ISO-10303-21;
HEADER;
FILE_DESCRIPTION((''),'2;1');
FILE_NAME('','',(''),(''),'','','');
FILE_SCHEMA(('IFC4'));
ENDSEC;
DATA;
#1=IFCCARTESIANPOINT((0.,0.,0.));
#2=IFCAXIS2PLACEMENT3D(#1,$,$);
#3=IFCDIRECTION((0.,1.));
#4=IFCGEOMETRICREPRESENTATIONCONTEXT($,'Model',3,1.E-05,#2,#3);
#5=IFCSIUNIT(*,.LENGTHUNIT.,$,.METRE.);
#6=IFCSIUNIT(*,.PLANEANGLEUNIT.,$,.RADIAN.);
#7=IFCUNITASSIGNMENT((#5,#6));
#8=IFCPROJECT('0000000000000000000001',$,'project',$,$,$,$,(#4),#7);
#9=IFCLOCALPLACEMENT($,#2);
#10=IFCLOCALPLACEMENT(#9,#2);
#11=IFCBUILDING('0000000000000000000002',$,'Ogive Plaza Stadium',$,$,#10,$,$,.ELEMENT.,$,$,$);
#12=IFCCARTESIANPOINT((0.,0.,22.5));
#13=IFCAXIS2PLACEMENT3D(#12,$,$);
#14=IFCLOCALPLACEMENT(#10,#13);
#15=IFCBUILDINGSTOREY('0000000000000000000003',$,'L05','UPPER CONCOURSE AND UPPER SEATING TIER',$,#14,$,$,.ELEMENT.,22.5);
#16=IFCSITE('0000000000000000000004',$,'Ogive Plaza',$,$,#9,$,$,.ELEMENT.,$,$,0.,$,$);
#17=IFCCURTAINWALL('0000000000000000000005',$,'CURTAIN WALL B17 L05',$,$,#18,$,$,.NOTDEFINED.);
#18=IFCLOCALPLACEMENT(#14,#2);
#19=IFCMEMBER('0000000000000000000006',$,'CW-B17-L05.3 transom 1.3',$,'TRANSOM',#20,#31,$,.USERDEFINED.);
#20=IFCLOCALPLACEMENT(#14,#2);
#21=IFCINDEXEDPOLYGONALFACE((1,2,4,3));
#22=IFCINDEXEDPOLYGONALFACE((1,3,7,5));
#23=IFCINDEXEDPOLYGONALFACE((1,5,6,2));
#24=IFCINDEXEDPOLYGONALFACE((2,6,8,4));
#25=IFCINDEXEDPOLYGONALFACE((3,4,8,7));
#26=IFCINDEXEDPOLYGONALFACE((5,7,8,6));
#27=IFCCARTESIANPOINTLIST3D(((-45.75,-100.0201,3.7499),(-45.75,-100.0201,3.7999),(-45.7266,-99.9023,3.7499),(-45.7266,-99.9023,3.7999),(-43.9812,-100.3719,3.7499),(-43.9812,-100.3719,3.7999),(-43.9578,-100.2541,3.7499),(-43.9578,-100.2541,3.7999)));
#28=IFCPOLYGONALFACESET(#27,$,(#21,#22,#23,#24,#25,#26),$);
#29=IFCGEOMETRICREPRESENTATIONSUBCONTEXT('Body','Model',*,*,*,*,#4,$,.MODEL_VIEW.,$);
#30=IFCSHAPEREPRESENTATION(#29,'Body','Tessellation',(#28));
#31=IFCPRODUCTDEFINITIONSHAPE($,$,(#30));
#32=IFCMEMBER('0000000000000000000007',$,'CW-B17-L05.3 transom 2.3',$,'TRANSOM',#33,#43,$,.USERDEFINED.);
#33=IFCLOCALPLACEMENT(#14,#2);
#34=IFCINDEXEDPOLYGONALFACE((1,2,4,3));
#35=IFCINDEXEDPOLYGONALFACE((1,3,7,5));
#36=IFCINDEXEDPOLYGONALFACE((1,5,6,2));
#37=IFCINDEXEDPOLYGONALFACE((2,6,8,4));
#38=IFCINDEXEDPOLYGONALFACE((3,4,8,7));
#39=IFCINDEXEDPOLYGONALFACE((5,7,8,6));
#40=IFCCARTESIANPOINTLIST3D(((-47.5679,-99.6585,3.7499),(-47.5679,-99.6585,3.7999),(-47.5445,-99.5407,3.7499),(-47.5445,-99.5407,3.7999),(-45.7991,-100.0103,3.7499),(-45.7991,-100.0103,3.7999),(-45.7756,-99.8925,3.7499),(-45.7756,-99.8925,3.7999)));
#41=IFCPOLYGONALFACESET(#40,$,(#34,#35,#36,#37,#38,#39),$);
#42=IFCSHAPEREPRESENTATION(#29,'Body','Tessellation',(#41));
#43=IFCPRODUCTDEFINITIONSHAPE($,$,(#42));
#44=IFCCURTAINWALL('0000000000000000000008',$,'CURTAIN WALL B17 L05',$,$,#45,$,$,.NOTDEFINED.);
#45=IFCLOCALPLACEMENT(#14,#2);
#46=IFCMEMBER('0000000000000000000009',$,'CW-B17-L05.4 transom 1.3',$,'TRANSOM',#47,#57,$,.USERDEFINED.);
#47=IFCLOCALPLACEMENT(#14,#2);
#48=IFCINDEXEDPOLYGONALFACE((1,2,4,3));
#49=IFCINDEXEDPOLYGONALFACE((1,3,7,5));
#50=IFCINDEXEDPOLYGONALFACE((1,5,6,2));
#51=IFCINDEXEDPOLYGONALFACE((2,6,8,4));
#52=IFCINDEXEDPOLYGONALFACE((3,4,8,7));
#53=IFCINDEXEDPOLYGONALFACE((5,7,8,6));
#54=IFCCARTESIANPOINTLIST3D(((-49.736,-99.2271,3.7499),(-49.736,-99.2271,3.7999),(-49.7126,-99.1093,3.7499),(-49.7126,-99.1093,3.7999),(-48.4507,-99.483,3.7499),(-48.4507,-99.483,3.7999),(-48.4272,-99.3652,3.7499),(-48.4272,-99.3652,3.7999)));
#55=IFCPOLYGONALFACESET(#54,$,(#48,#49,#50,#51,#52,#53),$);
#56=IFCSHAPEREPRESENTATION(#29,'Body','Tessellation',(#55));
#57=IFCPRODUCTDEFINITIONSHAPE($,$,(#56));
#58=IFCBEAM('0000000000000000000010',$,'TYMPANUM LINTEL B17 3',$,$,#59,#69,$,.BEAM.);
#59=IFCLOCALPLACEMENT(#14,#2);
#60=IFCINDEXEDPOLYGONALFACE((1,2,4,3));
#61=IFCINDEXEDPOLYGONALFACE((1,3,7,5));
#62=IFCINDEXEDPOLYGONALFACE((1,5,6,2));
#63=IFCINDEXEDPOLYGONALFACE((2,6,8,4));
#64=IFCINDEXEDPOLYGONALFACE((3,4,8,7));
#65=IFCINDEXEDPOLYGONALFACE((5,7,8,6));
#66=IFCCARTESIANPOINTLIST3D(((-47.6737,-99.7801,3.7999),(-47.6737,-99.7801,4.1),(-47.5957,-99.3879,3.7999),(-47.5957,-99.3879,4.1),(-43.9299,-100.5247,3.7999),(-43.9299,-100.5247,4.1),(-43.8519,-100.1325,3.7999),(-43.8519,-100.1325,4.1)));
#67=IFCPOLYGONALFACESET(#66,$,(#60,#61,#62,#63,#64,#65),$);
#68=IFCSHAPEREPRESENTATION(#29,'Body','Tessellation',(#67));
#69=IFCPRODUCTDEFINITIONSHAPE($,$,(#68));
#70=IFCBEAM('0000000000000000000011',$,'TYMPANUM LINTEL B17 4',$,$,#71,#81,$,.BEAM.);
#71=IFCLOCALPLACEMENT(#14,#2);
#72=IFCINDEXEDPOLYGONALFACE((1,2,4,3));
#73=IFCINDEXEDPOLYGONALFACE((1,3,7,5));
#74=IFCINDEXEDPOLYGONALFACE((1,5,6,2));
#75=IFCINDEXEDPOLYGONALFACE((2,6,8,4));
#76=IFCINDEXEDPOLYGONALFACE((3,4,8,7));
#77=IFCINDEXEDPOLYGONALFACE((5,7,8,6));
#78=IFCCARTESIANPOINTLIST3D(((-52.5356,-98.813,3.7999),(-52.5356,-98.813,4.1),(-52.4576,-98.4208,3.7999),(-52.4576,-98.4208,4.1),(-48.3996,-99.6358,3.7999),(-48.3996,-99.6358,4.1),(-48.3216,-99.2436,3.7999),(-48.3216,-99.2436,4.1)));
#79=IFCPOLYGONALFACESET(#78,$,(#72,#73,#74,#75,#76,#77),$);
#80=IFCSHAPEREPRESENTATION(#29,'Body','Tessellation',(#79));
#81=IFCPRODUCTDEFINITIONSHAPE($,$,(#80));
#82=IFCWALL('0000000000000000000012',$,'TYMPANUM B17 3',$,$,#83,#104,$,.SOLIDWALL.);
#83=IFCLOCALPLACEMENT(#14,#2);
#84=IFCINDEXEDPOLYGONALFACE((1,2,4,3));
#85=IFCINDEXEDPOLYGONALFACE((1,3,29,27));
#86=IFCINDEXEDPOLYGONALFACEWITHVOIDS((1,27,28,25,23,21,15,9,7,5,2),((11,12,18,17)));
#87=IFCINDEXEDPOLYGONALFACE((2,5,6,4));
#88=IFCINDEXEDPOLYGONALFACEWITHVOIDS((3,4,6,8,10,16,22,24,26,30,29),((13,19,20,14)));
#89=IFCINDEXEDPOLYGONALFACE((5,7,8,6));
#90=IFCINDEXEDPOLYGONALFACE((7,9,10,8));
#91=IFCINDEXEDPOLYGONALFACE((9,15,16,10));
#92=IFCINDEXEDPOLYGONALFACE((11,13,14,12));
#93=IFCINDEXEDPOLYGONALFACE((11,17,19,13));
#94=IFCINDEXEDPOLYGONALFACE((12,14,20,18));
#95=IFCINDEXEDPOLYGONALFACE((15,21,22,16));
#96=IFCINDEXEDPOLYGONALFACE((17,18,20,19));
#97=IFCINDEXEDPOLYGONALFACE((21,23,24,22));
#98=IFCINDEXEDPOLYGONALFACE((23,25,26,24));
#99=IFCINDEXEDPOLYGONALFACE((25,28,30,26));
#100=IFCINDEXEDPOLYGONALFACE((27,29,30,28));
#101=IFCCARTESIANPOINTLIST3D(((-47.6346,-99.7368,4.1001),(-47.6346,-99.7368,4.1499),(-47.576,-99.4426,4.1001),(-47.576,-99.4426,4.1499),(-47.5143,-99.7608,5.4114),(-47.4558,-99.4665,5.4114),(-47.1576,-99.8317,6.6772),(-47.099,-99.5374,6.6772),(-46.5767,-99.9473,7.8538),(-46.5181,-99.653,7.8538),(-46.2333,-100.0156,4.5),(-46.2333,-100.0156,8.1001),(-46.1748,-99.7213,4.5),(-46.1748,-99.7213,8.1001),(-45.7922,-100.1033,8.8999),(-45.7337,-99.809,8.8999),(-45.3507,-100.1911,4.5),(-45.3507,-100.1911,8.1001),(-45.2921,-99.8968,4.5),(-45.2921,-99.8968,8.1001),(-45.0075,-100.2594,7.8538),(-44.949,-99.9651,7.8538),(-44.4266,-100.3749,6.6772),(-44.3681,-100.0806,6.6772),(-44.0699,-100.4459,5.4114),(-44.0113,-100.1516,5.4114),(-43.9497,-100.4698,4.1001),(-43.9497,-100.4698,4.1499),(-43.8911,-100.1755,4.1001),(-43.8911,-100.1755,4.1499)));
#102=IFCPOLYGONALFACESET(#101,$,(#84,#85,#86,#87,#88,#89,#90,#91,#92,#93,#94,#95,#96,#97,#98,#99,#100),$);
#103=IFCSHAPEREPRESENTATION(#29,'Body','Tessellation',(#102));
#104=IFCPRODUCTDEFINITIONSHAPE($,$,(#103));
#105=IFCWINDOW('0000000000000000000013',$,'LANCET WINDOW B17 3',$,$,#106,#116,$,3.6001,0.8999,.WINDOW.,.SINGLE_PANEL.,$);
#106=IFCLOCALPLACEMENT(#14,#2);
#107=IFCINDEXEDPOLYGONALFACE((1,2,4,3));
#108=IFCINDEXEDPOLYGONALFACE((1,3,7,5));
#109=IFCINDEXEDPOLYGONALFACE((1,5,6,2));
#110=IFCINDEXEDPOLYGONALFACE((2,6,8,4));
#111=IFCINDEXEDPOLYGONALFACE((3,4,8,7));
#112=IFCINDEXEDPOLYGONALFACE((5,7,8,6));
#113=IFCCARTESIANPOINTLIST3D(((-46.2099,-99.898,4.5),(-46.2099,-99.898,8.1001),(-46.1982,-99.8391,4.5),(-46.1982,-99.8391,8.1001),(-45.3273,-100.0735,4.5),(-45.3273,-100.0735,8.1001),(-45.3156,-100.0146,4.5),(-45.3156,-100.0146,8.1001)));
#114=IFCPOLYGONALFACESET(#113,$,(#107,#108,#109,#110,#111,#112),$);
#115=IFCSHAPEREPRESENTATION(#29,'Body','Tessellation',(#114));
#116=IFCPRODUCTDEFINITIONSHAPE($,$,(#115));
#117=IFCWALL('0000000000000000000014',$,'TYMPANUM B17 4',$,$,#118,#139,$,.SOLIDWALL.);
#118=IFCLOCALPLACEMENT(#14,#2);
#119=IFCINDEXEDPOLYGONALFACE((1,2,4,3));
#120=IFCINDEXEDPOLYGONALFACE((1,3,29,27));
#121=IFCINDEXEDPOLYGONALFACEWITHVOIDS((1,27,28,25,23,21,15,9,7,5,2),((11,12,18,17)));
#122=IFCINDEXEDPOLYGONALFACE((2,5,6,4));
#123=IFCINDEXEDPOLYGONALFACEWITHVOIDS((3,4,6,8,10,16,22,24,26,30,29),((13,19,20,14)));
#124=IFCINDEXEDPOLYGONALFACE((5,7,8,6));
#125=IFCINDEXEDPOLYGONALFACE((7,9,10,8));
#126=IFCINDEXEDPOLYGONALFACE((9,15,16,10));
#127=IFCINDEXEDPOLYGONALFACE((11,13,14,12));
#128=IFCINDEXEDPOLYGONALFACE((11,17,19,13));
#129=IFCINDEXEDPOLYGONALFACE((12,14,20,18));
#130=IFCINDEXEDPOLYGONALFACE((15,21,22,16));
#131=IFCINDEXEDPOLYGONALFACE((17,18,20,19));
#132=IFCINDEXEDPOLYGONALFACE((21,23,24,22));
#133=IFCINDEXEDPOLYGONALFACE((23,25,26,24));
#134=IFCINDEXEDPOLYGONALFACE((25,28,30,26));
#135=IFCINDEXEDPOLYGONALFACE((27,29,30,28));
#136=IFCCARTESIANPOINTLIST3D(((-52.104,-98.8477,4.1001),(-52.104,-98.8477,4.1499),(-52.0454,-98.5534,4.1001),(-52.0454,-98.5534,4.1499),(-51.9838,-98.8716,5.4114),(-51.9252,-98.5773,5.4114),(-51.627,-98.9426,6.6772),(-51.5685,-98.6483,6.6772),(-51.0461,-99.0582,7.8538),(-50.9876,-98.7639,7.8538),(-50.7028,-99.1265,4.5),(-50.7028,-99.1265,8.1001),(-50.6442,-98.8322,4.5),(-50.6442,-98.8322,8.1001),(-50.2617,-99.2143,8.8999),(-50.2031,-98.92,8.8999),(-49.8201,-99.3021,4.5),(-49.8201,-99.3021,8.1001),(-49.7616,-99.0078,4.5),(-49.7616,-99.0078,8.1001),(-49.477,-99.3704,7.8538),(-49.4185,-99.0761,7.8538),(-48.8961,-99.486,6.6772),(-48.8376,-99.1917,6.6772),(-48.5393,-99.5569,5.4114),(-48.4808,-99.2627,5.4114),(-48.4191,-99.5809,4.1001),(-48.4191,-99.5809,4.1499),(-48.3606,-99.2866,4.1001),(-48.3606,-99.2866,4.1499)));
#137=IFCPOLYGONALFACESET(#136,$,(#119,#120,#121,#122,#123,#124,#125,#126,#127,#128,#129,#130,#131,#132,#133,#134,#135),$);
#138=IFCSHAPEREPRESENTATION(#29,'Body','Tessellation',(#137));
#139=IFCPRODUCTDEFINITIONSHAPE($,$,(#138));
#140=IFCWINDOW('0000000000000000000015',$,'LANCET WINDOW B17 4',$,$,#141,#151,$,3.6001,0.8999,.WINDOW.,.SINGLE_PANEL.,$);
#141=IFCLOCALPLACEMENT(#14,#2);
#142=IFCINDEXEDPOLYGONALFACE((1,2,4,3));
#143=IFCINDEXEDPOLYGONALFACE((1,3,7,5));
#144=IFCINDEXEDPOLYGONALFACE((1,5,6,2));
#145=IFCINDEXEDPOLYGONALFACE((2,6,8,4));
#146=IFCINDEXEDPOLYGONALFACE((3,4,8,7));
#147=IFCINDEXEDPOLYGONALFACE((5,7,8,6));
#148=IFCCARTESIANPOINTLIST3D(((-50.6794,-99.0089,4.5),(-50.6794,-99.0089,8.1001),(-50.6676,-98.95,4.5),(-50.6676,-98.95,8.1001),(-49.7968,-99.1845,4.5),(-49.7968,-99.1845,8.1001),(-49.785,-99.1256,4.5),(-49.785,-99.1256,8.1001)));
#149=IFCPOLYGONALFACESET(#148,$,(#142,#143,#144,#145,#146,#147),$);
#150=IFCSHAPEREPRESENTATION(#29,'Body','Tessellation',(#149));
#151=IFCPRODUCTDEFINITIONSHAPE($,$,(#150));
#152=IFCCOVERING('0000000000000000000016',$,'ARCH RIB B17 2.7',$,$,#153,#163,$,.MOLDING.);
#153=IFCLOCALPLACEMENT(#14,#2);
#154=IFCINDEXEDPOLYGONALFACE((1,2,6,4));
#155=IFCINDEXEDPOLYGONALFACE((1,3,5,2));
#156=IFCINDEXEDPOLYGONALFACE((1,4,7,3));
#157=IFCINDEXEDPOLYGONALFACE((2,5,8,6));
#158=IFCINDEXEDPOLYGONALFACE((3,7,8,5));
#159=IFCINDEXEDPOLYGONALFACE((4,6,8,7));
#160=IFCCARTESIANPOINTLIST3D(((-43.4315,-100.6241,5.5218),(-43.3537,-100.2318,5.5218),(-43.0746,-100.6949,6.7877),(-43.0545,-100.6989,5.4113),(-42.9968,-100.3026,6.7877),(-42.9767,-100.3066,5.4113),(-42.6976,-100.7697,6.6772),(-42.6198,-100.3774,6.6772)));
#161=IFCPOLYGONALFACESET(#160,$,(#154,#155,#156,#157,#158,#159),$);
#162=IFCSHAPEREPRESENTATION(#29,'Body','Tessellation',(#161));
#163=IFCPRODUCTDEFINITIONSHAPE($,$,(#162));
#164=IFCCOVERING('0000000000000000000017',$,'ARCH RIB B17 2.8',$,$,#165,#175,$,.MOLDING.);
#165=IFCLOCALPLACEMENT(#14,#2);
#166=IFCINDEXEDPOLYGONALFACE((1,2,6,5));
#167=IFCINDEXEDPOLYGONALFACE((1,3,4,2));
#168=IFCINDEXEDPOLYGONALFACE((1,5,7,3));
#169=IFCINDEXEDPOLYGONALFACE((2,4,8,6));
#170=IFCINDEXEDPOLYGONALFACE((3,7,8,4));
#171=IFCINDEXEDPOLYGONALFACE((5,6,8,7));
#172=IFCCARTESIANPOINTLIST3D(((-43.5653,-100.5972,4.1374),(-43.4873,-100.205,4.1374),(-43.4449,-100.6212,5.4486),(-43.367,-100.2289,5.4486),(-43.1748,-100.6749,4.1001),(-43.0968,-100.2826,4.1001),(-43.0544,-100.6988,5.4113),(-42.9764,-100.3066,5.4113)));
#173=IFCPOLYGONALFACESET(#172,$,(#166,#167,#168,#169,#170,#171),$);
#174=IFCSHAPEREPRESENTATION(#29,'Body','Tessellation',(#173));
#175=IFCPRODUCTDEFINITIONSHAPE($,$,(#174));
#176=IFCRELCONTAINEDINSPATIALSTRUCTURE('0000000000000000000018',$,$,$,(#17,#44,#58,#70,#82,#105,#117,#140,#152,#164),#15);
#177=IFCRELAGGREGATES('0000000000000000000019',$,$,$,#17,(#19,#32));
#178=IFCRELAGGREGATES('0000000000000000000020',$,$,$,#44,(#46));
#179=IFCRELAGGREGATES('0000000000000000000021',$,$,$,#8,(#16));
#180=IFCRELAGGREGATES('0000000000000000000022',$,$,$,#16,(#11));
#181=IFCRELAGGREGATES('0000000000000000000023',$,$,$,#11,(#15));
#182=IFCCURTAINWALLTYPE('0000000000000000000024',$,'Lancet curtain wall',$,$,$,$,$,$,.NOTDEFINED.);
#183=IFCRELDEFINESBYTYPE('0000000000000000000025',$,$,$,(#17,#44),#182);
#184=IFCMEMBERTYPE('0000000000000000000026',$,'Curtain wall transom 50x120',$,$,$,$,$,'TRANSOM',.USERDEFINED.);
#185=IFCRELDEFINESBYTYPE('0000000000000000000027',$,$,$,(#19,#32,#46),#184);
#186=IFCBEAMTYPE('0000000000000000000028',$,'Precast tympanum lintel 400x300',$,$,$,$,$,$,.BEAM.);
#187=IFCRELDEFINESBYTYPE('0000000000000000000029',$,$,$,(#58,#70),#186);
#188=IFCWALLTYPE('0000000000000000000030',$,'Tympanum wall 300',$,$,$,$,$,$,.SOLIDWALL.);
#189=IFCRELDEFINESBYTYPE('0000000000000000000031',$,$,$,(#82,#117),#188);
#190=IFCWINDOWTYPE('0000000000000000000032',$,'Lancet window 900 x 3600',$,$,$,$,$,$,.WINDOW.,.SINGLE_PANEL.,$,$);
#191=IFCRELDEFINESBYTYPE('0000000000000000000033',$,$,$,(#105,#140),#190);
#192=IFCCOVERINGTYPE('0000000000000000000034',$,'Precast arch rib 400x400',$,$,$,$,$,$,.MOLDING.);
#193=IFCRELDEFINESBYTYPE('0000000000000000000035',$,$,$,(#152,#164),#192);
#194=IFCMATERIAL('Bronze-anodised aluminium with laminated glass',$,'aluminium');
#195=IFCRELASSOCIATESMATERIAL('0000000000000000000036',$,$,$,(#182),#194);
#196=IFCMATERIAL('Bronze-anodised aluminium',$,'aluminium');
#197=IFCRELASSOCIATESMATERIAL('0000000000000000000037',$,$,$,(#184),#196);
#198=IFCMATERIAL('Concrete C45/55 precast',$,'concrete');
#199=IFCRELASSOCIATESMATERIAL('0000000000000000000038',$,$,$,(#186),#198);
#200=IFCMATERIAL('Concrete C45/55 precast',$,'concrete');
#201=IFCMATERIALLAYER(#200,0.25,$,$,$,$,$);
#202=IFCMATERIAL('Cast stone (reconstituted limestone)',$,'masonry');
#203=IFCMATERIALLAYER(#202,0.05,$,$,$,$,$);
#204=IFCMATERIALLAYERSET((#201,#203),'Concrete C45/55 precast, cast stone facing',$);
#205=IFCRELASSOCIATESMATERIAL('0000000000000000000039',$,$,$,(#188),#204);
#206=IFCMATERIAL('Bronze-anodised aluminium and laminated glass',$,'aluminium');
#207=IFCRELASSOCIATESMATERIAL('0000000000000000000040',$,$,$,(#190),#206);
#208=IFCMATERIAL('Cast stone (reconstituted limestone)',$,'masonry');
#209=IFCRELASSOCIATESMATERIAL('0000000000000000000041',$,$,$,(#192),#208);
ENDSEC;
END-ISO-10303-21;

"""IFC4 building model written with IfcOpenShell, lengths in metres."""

from ifc_helpers import new_model, si_unit, direction, frame, frame_2d, origin, origin_2d, place, context, subcontext, project, spatial, polyline, rectangle, outline, extrude, material, layer, layer_set, material_profile, profile_set, type_object, element, fill, aggregate, save


model = new_model("IFC4")

# Units and contexts
model_context = context("Model", 3, precision=1e-05, world=origin(), true_north=direction((0.0, 1.0)))
body_context = subcontext(model_context, "Body", "Model", "MODEL_VIEW")
ifc_project = project(units=[si_unit("LENGTHUNIT", "METRE"), si_unit("PLANEANGLEUNIT", "RADIAN")], contexts=[model_context])

# Site, building, storey
site_placement = place(None, origin())
site = spatial("IfcSite", under=ifc_project, at=site_placement, Name="Ogive Plaza", CompositionType="ELEMENT", RefElevation=0.0)
building_placement = place(site_placement, origin())
building = spatial("IfcBuilding", under=site, at=building_placement, Name="Ogive Plaza Stadium", CompositionType="ELEMENT")
storey_placement = place(building_placement, frame((0.0, 0.0, 22.5)))
storey = spatial("IfcBuildingStorey", under=building, at=storey_placement, Name="L05", Description="UPPER CONCOURSE AND UPPER SEATING TIER", CompositionType="ELEMENT", Elevation=22.5)

# Curtain wall, members
ifc_material_1 = material(Name="Bronze-anodised aluminium with laminated glass", Category="aluminium")
curtain_wall_type = type_object("IfcCurtainWallType", Name="Lancet curtain wall", PredefinedType="NOTDEFINED", material=ifc_material_1)
curtain_wall_1_placement = place(storey_placement, origin())
curtain_wall_1 = element("IfcCurtainWall", 1, at=curtain_wall_1_placement, inside=storey, type_object=curtain_wall_type, Name="CURTAIN WALL B17 L05", PredefinedType="NOTDEFINED")
ifc_material_2 = material(Name="Bronze-anodised aluminium", Category="aluminium")
ifc_material_profile_1 = material_profile(ifc_material_2, rectangle(XDim=0.1201, YDim=0.05, at=origin_2d()), Name="AL 120x50")
ifc_profile_set_1 = profile_set([ifc_material_profile_1], Name="Bronze-anodised aluminium")
member_type = type_object("IfcMemberType", Name="Curtain wall transom 50x120", ElementType="TRANSOM", PredefinedType="USERDEFINED", material=ifc_profile_set_1)
member_1_placement = place(storey_placement, frame((-43.9695, -100.313, 3.7749), z_axis=(-0.980788, 0.195075, 0.0), x_axis=(-0.195075, -0.980788, 0.0)))
member_1 = element("IfcMember", 2, at=member_1_placement, type_object=member_type, Name="CW-B17-L05.3 transom 1.3", ObjectType="TRANSOM", PredefinedType="USERDEFINED", context=body_context, shape_type="SweptSolid", body=[
    extrude(rectangle(XDim=0.1201, YDim=0.05, at=origin_2d()), origin(), (0.0, 0.0, 1.0), 1.8035),
])
member_2_placement = place(storey_placement, frame((-45.7874, -99.9514, 3.7749), z_axis=(-0.980788, 0.195075, 0.0), x_axis=(-0.195075, -0.980788, 0.0)))
member_2 = element("IfcMember", 3, at=member_2_placement, type_object=member_type, Name="CW-B17-L05.3 transom 2.3", ObjectType="TRANSOM", PredefinedType="USERDEFINED", context=body_context, shape_type="SweptSolid", body=[
    extrude(rectangle(XDim=0.1201, YDim=0.05, at=origin_2d()), origin(), (0.0, 0.0, 1.0), 1.8035),
])
aggregate(curtain_wall_1, [member_1, member_2])

# Curtain wall, member
curtain_wall_2_placement = place(storey_placement, origin())
curtain_wall_2 = element("IfcCurtainWall", 4, at=curtain_wall_2_placement, inside=storey, type_object=curtain_wall_type, Name="CURTAIN WALL B17 L05", PredefinedType="NOTDEFINED")
member_3_placement = place(storey_placement, frame((-48.439, -99.4241, 3.7749), z_axis=(-0.980759, 0.19522, 0.0), x_axis=(-0.19522, -0.980759, 0.0)))
member_3 = element("IfcMember", 5, at=member_3_placement, type_object=member_type, Name="CW-B17-L05.4 transom 1.3", ObjectType="TRANSOM", PredefinedType="USERDEFINED", context=body_context, shape_type="SweptSolid", body=[
    extrude(rectangle(XDim=0.1201, YDim=0.05, at=origin_2d()), origin(), (0.0, 0.0, 1.0), 1.3105),
])
aggregate(curtain_wall_2, [member_3])

# Beams
ifc_material_3 = material(Name="Concrete C45/55 precast", Category="concrete")
ifc_material_profile_2 = material_profile(ifc_material_3, rectangle(XDim=0.3999, YDim=0.3, at=origin_2d()), Name="RC 400x300")
ifc_profile_set_2 = profile_set([ifc_material_profile_2], Name="Concrete C45/55 precast")
beam_type = type_object("IfcBeamType", Name="Precast tympanum lintel 400x300", PredefinedType="BEAM", material=ifc_profile_set_2)
beam_1_placement = place(storey_placement, frame((-43.8909, -100.3286, 3.95), z_axis=(-0.980789, 0.195071, 0.0), x_axis=(-0.195071, -0.980789, 0.0)))
element("IfcBeam", 6, at=beam_1_placement, inside=storey, type_object=beam_type, Name="TYMPANUM LINTEL B17 3", PredefinedType="BEAM", context=body_context, shape_type="SweptSolid", body=[
    extrude(rectangle(XDim=0.3999, YDim=0.3, at=origin_2d()), origin(), (0.0, 0.0, 1.0), 3.8171),
])
beam_2_placement = place(storey_placement, frame((-48.3606, -99.4397, 3.95), z_axis=(-0.980783, 0.195103, 0.0), x_axis=(-0.195103, -0.980783, 0.0)))
element("IfcBeam", 7, at=beam_2_placement, inside=storey, type_object=beam_type, Name="TYMPANUM LINTEL B17 4", PredefinedType="BEAM", context=body_context, shape_type="SweptSolid", body=[
    extrude(rectangle(XDim=0.3999, YDim=0.3, at=origin_2d()), origin(), (0.0, 0.0, 1.0), 4.217),
])

# Walls, openings, windows
ifc_material_4 = material(Name="Concrete C45/55 precast", Category="concrete")
ifc_layer_1 = layer(ifc_material_4, 0.25)
ifc_material_5 = material(Name="Cast stone (reconstituted limestone)", Category="masonry")
ifc_layer_2 = layer(ifc_material_5, 0.05)
ifc_layer_set = layer_set([ifc_layer_1, ifc_layer_2], Name="Concrete C45/55 precast, cast stone facing")
wall_type = type_object("IfcWallType", Name="Tympanum wall 300", PredefinedType="SOLIDWALL", material=ifc_layer_set)
wall_1_placement = place(storey_placement, frame((-43.9204, -100.3228, 4.1001), z_axis=(0.0, 0.0, 1.0), x_axis=(-0.980788, 0.195079, 0.0)))
wall_1 = element("IfcWall", 8, at=wall_1_placement, inside=storey, type_object=wall_type, Name="TYMPANUM B17 3", PredefinedType="SOLIDWALL", context=body_context, shape_type="SweptSolid", body=[
    extrude(outline(polyline([(0.0, 0.0), (3.7571, 0.0), (3.7571, 0.0498), (3.6345, 1.3113), (3.2708, 2.5771), (2.6785, 3.7537), (1.8787, 4.7998), (1.0786, 3.7537), (0.4863, 2.5771), (0.1226, 1.3113), (0.0, 0.0498), (0.0, 0.0)])), frame((0.0, 0.1499, 0.0), z_axis=(0.0, -1.0, 0.0), x_axis=(1.0, 0.0, 0.0)), (0.0, 0.0, 1.0), 0.3),
])
opening_1_placement = place(wall_1_placement, frame((1.4285, 0.0, 0.3999)))
opening_1 = element("IfcOpeningElement", 9, at=opening_1_placement, cuts=wall_1, PredefinedType="OPENING", context=body_context, shape_type="SweptSolid", body=[
    extrude(rectangle(XDim=0.8999, YDim=3.6001, at=frame_2d((0.45, 1.8))), frame((0.0, 0.1602, 0.0), z_axis=(0.0, -1.0, 0.0), x_axis=(1.0, 0.0, 0.0)), (0.0, 0.0, 1.0), 0.3201),
])
ifc_material_6 = material(Name="Bronze-anodised aluminium and laminated glass", Category="aluminium")
window_type = type_object("IfcWindowType", Name="Lancet window 900 x 3600", PartitioningType="SINGLE_PANEL", PredefinedType="WINDOW", material=ifc_material_6)
window_1_placement = place(opening_1_placement, origin())
window_1 = element("IfcWindow", 10, at=window_1_placement, inside=storey, type_object=window_type, Name="LANCET WINDOW B17 3", OverallHeight=3.6001, OverallWidth=0.8999, PartitioningType="SINGLE_PANEL", PredefinedType="WINDOW", context=body_context, shape_type="SweptSolid", body=[
    extrude(rectangle(XDim=0.8999, YDim=3.6001, at=frame_2d((0.45, 1.8))), frame((0.0, 0.03, 0.0), z_axis=(0.0, -1.0, 0.0), x_axis=(1.0, 0.0, 0.0)), (0.0, 0.0, 1.0), 0.0601),
])
fill(opening_1, window_1)
wall_2_placement = place(storey_placement, frame((-48.3899, -99.4338, 4.1001), z_axis=(0.0, 0.0, 1.0), x_axis=(-0.980775, 0.195141, 0.0)))
wall_2 = element("IfcWall", 11, at=wall_2_placement, inside=storey, type_object=wall_type, Name="TYMPANUM B17 4", PredefinedType="SOLIDWALL", context=body_context, shape_type="SweptSolid", body=[
    extrude(outline(polyline([(0.0, 0.0), (3.7571, 0.0), (3.7571, 0.0498), (3.6345, 1.3113), (3.2708, 2.5771), (2.6785, 3.7537), (1.8787, 4.7998), (1.0786, 3.7537), (0.4863, 2.5771), (0.1226, 1.3113), (0.0, 0.0498), (0.0, 0.0)])), frame((0.0, 0.1499, 0.0), z_axis=(0.0, -1.0, 0.0), x_axis=(1.0, 0.0, 0.0)), (0.0, 0.0, 1.0), 0.3),
])
opening_2_placement = place(wall_2_placement, frame((1.4285, 0.0, 0.3999)))
opening_2 = element("IfcOpeningElement", 12, at=opening_2_placement, cuts=wall_2, PredefinedType="OPENING", context=body_context, shape_type="SweptSolid", body=[
    extrude(rectangle(XDim=0.8999, YDim=3.6001, at=frame_2d((0.45, 1.8))), frame((0.0, 0.1602, 0.0), z_axis=(0.0, -1.0, 0.0), x_axis=(1.0, 0.0, 0.0)), (0.0, 0.0, 1.0), 0.3201),
])
window_2_placement = place(opening_2_placement, origin())
window_2 = element("IfcWindow", 13, at=window_2_placement, inside=storey, type_object=window_type, Name="LANCET WINDOW B17 4", OverallHeight=3.6001, OverallWidth=0.8999, PartitioningType="SINGLE_PANEL", PredefinedType="WINDOW", context=body_context, shape_type="SweptSolid", body=[
    extrude(rectangle(XDim=0.8999, YDim=3.6001, at=frame_2d((0.45, 1.8))), frame((0.0, 0.03, 0.0), z_axis=(0.0, -1.0, 0.0), x_axis=(1.0, 0.0, 0.0)), (0.0, 0.0, 1.0), 0.0601),
])
fill(opening_2, window_2)

# Coverings
ifc_material_7 = material(Name="Cast stone (reconstituted limestone)", Category="masonry")
ifc_material_profile_3 = material_profile(ifc_material_7, rectangle(XDim=0.3999, YDim=0.3999, at=origin_2d()), Name="Cast stone 400x400")
ifc_profile_set_3 = profile_set([ifc_material_profile_3], Name="Cast stone (reconstituted limestone)")
covering_type = type_object("IfcCoveringType", Name="Precast arch rib 400x400", PredefinedType="MOLDING", material=ifc_profile_set_3)
covering_1_placement = place(storey_placement, frame((-42.8472, -100.5361, 6.7324), z_axis=(-0.270993, 0.053754, -0.961079), x_axis=(-0.194568, -0.980889, 0.0)))
element("IfcCovering", 14, at=covering_1_placement, inside=storey, type_object=covering_type, Name="ARCH RIB B17 2.7", PredefinedType="MOLDING", context=body_context, shape_type="SweptSolid", body=[
    extrude(rectangle(XDim=0.3999, YDim=0.3999, at=origin_2d()), origin(), (0.0, 0.0, 1.0), 1.3171),
])
for number, where, z_axis, x_axis, name in (
    (15, (-43.2107, -100.4639, 5.4299), (-0.09139, 0.018167, -0.995649), (-0.194968, -0.98081, 0.0), "ARCH RIB B17 2.8"),
):
    element("IfcCovering", number, at=place(storey_placement, frame(where, z_axis=z_axis, x_axis=x_axis)), inside=storey, type_object=covering_type, Name=name, PredefinedType="MOLDING", context=body_context, shape_type="SweptSolid", body=[
        extrude(rectangle(XDim=0.3999, YDim=0.3999, at=origin_2d()), origin(), (0.0, 0.0, 1.0), 1.3169),
    ])

save(model, "model.ifc")
